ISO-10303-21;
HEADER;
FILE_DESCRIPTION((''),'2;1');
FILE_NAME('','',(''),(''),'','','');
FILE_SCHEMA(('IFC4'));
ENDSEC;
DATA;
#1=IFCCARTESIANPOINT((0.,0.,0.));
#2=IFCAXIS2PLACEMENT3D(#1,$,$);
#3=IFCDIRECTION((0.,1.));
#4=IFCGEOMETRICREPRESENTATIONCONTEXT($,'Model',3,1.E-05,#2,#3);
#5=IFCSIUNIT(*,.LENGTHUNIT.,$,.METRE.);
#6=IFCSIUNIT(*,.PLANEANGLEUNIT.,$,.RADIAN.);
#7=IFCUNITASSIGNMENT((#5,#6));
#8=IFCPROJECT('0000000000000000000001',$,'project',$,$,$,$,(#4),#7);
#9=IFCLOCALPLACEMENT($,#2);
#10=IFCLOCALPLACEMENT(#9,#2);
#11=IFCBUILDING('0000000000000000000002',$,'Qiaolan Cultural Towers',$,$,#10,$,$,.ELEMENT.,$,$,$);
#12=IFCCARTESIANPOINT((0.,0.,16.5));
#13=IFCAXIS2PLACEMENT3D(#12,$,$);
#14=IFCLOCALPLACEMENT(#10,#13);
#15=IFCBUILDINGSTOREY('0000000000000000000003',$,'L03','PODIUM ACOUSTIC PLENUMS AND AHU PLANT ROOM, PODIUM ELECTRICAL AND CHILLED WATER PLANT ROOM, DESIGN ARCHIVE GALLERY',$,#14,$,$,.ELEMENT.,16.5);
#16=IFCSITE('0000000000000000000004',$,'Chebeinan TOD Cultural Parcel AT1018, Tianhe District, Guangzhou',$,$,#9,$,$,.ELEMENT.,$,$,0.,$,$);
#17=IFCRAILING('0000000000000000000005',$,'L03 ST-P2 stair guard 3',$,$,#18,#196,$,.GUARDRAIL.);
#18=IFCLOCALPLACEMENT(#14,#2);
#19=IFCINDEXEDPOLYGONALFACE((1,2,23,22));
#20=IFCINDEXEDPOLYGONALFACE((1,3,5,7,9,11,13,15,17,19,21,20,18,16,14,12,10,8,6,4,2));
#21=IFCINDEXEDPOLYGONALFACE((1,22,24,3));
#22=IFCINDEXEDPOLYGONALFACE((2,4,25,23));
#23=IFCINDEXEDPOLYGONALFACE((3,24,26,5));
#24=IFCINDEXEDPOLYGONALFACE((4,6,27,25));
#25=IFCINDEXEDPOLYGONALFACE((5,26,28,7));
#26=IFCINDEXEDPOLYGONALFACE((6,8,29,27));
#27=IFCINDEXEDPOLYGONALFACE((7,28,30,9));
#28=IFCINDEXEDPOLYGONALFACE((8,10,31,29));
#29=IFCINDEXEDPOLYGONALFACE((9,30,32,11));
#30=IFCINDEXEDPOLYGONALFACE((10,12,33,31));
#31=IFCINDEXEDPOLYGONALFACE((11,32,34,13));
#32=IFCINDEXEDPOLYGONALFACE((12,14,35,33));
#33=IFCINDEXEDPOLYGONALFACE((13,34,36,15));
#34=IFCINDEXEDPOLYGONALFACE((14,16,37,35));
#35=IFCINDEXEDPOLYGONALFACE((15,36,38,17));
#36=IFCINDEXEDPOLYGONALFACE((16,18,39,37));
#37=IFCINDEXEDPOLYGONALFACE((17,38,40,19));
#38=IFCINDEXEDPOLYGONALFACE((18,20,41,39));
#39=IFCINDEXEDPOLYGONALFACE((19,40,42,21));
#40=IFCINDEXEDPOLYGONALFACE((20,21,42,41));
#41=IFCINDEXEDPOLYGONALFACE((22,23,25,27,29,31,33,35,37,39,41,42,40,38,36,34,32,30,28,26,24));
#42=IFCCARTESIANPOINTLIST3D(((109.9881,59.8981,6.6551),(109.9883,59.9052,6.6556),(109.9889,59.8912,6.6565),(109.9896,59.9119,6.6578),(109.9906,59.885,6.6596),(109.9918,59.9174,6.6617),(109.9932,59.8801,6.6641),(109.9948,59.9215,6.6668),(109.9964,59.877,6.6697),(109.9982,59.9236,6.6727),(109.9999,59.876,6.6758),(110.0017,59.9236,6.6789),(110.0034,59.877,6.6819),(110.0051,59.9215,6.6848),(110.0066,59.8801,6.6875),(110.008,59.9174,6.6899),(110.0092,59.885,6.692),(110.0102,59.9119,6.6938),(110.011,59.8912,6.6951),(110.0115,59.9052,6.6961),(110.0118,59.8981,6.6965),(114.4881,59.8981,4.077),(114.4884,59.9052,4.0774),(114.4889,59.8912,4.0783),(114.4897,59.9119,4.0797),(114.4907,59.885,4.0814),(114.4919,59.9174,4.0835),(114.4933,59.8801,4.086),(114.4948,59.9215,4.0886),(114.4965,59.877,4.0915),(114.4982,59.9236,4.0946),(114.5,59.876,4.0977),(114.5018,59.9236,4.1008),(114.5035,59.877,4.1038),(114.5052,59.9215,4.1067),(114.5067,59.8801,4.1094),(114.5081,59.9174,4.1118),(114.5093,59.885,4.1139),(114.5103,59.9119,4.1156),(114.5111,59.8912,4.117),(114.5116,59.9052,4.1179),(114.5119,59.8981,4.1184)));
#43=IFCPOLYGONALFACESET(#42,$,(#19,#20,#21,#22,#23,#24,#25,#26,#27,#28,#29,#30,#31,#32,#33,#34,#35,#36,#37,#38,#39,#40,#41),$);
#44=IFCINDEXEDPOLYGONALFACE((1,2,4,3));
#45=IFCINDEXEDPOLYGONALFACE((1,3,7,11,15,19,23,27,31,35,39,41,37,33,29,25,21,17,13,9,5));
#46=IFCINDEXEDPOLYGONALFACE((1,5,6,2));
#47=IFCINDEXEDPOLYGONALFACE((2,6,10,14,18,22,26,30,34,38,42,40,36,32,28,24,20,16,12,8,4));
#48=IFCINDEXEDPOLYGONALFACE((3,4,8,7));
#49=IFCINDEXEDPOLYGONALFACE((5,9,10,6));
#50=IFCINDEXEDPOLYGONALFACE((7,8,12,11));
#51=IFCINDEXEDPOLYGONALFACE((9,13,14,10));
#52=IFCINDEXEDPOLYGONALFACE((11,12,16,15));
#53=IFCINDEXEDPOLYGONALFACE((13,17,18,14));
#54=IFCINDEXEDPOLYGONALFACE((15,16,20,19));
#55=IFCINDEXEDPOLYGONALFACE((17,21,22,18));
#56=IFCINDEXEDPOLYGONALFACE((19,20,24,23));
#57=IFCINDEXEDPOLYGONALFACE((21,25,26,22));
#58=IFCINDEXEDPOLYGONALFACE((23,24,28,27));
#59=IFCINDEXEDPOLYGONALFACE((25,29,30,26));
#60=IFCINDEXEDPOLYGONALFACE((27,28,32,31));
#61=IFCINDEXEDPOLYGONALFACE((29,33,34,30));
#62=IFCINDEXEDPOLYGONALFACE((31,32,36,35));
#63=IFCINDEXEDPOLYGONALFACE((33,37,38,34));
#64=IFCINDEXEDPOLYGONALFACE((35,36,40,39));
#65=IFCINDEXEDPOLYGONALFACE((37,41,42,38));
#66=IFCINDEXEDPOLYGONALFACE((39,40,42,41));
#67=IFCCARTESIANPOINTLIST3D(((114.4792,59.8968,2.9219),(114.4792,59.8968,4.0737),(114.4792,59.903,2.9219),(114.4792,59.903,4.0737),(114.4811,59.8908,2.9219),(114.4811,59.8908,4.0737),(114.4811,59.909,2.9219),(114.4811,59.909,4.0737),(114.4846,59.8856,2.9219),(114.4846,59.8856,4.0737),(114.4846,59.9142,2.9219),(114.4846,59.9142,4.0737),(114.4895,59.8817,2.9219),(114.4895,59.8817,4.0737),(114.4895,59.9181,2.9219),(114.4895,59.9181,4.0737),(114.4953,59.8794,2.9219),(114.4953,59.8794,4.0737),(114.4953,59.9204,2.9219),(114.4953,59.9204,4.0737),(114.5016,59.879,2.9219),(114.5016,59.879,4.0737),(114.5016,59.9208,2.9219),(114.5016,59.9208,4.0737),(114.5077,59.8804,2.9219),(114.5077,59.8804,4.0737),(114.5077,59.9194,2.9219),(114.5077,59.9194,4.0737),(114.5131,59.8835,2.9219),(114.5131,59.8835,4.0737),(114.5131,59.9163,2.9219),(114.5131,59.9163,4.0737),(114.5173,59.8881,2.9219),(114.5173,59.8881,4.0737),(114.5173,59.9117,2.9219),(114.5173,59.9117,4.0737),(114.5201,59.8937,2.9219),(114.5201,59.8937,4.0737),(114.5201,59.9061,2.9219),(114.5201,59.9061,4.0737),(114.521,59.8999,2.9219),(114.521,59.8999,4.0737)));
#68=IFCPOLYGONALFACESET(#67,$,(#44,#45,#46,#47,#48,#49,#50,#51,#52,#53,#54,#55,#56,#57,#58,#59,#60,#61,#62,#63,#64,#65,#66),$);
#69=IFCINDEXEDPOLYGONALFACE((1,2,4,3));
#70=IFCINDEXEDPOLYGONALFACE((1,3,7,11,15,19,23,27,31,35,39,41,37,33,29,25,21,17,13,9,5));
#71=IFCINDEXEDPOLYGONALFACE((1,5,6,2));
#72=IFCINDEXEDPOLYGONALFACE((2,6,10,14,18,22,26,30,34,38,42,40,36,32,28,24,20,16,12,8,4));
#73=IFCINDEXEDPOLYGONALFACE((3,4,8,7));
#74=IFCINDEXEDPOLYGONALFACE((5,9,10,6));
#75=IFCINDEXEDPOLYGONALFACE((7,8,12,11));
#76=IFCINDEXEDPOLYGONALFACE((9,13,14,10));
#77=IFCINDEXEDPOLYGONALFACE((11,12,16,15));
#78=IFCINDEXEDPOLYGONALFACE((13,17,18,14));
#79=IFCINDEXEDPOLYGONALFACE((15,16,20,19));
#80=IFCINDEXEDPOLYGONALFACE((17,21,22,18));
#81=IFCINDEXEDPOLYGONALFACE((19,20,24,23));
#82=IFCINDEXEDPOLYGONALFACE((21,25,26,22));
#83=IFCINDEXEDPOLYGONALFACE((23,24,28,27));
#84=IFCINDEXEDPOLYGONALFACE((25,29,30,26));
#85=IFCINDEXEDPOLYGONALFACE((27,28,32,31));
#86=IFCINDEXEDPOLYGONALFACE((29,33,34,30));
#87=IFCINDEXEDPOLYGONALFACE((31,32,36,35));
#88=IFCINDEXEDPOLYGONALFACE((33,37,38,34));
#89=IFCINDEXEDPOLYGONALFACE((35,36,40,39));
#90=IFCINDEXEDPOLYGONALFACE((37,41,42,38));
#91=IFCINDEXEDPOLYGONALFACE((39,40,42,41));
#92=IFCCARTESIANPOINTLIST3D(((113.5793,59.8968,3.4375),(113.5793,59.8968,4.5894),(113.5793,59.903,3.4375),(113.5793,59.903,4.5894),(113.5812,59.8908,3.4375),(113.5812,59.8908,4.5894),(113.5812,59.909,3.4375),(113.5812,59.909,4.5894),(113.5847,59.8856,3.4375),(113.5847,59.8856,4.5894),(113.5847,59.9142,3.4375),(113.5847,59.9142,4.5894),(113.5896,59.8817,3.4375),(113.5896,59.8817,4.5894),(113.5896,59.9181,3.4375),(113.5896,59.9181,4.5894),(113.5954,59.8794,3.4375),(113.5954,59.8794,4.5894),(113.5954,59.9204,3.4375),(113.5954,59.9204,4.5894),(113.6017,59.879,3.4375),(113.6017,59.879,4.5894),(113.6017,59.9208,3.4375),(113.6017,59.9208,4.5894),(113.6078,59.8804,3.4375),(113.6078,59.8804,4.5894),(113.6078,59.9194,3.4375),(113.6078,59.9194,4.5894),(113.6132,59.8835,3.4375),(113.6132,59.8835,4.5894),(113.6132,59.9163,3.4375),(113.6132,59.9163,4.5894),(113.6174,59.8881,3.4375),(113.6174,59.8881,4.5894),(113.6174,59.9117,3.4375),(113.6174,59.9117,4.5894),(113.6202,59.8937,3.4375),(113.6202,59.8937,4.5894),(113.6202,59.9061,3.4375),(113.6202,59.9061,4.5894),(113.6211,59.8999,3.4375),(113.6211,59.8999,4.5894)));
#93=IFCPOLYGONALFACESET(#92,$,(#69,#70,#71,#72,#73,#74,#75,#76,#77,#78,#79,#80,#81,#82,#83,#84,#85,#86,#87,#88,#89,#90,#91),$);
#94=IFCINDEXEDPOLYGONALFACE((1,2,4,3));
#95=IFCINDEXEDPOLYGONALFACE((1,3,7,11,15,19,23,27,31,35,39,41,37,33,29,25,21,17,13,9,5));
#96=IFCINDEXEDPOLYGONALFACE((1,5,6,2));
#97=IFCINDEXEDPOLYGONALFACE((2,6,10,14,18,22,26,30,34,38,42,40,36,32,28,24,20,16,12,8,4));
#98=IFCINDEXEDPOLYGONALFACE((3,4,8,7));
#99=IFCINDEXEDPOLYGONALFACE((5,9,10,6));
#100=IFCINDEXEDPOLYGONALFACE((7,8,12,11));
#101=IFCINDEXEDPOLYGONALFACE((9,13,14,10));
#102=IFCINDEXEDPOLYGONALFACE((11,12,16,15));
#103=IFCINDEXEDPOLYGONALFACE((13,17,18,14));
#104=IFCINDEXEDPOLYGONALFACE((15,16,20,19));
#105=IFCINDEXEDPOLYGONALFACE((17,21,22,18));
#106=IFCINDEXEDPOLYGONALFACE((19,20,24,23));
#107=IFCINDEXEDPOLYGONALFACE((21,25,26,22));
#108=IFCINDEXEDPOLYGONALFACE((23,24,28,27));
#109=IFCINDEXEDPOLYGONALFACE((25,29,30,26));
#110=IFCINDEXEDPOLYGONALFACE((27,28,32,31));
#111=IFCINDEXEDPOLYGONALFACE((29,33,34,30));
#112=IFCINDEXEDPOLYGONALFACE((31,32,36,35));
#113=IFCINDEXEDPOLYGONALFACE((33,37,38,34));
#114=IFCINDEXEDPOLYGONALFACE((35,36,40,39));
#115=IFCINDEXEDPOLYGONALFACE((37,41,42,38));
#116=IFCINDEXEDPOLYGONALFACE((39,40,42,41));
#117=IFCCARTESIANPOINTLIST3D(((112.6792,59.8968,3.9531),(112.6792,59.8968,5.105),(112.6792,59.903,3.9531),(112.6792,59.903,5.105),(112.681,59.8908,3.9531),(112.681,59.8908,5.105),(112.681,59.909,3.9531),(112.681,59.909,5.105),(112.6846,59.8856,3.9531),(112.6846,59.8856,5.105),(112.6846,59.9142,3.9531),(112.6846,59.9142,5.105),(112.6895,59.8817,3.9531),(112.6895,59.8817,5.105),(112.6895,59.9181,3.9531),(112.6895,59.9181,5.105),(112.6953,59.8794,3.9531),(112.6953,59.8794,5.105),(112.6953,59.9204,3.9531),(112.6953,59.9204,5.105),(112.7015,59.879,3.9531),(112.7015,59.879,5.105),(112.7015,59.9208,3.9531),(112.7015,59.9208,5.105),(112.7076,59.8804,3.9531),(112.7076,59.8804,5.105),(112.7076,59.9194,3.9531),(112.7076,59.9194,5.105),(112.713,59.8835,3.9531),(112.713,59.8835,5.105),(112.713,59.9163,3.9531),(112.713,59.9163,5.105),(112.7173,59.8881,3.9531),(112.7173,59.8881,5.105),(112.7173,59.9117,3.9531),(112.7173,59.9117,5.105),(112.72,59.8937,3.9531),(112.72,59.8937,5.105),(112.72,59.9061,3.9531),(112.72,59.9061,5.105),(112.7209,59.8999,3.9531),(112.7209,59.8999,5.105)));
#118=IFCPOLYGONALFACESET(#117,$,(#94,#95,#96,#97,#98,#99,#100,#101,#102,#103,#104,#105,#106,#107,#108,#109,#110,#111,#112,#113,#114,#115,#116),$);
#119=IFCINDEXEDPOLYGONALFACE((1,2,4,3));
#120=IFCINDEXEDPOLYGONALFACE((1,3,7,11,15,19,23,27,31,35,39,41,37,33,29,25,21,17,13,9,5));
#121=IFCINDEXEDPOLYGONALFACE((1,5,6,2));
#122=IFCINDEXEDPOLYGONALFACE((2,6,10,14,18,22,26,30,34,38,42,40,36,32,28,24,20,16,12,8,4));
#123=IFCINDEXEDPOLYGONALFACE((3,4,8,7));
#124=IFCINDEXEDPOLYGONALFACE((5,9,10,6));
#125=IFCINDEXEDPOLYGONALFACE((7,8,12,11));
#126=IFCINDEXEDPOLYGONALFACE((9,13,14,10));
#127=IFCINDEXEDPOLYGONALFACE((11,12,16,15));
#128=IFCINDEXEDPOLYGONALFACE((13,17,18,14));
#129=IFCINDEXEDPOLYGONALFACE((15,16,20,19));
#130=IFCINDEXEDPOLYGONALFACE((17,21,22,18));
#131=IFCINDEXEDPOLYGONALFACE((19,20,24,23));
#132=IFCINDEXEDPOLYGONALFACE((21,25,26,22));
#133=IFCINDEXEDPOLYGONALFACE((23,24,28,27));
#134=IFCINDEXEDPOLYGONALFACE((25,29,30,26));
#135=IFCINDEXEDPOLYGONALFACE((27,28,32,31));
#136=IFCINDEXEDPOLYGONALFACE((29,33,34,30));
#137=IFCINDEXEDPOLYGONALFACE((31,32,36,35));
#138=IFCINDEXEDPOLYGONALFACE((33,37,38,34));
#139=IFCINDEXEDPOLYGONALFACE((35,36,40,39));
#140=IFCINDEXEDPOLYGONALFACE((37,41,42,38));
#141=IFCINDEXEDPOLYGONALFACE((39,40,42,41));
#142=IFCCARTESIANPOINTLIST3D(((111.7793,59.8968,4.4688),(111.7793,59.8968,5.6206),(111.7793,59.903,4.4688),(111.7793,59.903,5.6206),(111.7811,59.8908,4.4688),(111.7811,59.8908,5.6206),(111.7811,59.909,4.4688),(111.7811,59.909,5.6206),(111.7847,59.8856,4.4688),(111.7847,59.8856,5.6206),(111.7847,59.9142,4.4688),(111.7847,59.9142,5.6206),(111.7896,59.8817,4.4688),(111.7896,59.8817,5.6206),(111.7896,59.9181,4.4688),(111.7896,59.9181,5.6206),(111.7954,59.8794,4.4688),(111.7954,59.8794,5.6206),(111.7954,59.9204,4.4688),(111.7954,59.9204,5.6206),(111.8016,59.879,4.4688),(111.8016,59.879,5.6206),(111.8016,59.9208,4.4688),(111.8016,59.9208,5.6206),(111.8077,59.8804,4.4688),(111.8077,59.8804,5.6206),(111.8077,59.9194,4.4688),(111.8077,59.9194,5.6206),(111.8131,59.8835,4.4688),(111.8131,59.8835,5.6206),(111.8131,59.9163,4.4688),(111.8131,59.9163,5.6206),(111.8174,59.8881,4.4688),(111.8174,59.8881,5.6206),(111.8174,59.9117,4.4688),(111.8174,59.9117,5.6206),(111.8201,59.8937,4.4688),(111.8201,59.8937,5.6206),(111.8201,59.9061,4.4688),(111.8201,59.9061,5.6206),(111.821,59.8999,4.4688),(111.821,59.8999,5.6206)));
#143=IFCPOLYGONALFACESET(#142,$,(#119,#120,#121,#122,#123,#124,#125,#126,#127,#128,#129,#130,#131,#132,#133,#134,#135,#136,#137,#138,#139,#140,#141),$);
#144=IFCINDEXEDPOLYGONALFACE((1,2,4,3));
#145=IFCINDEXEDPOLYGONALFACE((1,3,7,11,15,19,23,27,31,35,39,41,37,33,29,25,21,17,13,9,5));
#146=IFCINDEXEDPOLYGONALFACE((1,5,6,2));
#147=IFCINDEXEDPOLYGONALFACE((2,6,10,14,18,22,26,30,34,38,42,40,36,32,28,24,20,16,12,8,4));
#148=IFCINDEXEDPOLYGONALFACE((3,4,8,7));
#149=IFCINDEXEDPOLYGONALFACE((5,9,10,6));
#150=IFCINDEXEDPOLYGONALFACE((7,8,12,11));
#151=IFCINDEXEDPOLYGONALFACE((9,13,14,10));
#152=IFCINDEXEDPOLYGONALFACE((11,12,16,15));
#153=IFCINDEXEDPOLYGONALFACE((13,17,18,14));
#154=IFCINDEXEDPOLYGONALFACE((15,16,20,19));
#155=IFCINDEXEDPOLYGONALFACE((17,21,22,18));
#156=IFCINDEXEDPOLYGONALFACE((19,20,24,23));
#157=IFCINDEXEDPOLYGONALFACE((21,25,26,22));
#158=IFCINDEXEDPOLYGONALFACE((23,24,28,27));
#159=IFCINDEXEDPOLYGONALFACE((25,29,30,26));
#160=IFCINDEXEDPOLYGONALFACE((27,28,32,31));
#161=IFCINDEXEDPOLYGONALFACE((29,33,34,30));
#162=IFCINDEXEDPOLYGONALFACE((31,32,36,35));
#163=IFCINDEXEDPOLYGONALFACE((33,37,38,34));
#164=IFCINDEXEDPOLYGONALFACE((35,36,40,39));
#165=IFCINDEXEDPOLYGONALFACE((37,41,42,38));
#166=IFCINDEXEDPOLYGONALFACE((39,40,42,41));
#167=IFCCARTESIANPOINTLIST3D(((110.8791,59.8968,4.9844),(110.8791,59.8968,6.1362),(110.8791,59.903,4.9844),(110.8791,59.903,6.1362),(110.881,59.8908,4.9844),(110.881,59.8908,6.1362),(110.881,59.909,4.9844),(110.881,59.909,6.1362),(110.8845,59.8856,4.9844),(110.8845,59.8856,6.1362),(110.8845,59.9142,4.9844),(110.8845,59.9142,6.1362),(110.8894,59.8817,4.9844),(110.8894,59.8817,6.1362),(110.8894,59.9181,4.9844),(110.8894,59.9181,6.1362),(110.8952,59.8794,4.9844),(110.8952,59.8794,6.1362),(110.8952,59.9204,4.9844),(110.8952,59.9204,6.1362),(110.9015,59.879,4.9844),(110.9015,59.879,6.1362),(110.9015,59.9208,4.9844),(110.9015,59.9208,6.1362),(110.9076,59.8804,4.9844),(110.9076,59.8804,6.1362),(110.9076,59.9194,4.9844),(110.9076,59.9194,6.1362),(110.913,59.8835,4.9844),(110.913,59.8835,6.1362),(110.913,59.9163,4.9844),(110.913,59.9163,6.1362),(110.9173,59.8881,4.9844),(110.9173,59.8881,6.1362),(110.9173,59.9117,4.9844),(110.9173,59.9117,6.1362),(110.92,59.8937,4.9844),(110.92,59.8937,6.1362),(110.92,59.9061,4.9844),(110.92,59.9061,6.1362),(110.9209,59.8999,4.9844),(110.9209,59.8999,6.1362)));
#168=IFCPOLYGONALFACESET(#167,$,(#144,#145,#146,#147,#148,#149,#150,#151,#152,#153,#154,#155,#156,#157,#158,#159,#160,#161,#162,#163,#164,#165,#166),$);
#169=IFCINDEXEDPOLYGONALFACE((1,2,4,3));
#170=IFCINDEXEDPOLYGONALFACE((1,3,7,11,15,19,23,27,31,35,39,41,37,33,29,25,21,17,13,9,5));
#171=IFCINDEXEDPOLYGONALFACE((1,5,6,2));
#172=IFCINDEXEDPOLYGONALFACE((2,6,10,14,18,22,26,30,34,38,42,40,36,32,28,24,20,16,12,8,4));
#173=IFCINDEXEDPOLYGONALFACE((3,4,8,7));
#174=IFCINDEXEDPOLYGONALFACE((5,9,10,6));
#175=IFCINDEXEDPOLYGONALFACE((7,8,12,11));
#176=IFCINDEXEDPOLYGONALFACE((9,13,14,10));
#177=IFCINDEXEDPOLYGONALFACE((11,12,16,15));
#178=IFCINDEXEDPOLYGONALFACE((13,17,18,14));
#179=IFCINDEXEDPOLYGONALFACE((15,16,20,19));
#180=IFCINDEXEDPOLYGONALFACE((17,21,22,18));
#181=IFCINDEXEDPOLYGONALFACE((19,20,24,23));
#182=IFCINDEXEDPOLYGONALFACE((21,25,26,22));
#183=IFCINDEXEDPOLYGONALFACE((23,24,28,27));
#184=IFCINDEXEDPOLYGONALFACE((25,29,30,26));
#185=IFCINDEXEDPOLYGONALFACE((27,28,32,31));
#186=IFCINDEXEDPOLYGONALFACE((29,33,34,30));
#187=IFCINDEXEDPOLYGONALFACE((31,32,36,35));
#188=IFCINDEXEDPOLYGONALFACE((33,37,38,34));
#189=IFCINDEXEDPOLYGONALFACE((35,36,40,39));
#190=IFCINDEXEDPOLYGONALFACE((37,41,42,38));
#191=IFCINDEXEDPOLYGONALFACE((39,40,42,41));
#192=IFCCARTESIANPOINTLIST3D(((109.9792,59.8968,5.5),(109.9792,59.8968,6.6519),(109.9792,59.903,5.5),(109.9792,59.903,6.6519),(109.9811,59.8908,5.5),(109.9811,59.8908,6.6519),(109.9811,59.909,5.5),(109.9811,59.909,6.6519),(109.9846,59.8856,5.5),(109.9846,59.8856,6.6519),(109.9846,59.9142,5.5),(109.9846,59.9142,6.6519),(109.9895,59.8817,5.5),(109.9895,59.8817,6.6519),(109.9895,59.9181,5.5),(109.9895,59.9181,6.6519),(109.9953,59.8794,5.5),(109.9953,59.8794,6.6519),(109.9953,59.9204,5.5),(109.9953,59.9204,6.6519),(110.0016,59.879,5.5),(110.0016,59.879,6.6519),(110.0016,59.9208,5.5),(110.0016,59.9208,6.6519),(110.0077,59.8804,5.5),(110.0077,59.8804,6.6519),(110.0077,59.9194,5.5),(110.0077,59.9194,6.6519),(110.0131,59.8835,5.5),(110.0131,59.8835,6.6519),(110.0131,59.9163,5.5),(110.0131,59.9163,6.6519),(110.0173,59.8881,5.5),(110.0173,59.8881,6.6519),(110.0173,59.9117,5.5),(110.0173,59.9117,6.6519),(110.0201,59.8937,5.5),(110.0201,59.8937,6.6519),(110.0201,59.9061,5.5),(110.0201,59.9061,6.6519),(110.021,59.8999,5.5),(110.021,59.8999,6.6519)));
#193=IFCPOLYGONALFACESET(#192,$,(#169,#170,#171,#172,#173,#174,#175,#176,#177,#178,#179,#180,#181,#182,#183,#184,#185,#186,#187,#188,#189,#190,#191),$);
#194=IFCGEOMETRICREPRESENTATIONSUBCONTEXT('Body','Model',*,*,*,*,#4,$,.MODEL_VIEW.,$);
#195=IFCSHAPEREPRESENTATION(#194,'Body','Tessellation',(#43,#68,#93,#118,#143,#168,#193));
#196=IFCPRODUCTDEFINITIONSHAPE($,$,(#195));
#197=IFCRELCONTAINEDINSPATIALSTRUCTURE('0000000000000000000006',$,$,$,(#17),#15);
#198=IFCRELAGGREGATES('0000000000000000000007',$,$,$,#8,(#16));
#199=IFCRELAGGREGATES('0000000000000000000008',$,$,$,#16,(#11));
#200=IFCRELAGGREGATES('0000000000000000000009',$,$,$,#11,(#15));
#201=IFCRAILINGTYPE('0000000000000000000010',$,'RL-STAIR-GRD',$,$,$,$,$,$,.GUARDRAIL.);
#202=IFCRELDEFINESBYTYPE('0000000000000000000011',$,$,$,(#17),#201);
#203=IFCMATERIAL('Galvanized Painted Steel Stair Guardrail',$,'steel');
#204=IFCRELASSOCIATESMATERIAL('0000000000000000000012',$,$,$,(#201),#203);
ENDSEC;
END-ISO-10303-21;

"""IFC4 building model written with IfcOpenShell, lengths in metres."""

from ifc_helpers import new_model, si_unit, direction, frame, origin, origin_2d, place, context, subcontext, project, spatial, circle, extrude, material, type_object, element, save


model = new_model("IFC4")

# Units and contexts
model_context = context("Model", 3, precision=1e-05, world=origin(), true_north=direction((0.0, 1.0)))
body_context = subcontext(model_context, "Body", "Model", "MODEL_VIEW")
ifc_project = project(units=[si_unit("LENGTHUNIT", "METRE"), si_unit("PLANEANGLEUNIT", "RADIAN")], contexts=[model_context])

# Site, building, storey
site_placement = place(None, origin())
site = spatial("IfcSite", under=ifc_project, at=site_placement, Name="Chebeinan TOD Cultural Parcel AT1018, Tianhe District, Guangzhou", CompositionType="ELEMENT", RefElevation=0.0)
building_placement = place(site_placement, origin())
building = spatial("IfcBuilding", under=site, at=building_placement, Name="Qiaolan Cultural Towers", CompositionType="ELEMENT")
storey_placement = place(building_placement, frame((0.0, 0.0, 16.5)))
storey = spatial("IfcBuildingStorey", under=building, at=storey_placement, Name="L03", Description="PODIUM ACOUSTIC PLENUMS AND AHU PLANT ROOM, PODIUM ELECTRICAL AND CHILLED WATER PLANT ROOM, DESIGN ARCHIVE GALLERY", CompositionType="ELEMENT", Elevation=16.5)

# Railing
ifc_material_1 = material(Name="Galvanized Painted Steel Stair Guardrail", Category="steel")
railing_type_1 = type_object("IfcRailingType", Name="RL-STAIR-GRD", PredefinedType="GUARDRAIL", material=ifc_material_1)
railing_1_placement = place(storey_placement, frame((114.5, 59.8999, 2.9219)))
element("IfcRailing", 1, at=railing_1_placement, inside=storey, type_object=railing_type_1, Name="L03 ST-P2 stair guard 3", PredefinedType="GUARDRAIL", context=body_context, shape_type="SweptSolid", body=[
    extrude(circle(Radius=0.0239, at=origin_2d()), frame((0.0, 0.0, 1.1758), z_axis=(-0.867686, 0.0, 0.497112), x_axis=(0.0, -1.0, 0.0)), (0.0, 0.0, 1.0), 5.1863),
    extrude(circle(Radius=0.021, at=origin_2d()), origin(), (0.0, 0.0, 1.0), 1.1519),
    extrude(circle(Radius=0.021, at=origin_2d()), frame((-0.8999, 0.0, 0.5156)), (0.0, 0.0, 1.0), 1.1519),
    extrude(circle(Radius=0.021, at=origin_2d()), frame((-1.8, 0.0, 1.0312)), (0.0, 0.0, 1.0), 1.1519),
    extrude(circle(Radius=0.021, at=origin_2d()), frame((-2.7, 0.0, 1.5469)), (0.0, 0.0, 1.0), 1.1519),
    extrude(circle(Radius=0.021, at=origin_2d()), frame((-3.6001, 0.0, 2.0625)), (0.0, 0.0, 1.0), 1.1519),
    extrude(circle(Radius=0.021, at=origin_2d()), frame((-4.5, 0.0, 2.5781)), (0.0, 0.0, 1.0), 1.1519),
])

save(model, "model.ifc")
